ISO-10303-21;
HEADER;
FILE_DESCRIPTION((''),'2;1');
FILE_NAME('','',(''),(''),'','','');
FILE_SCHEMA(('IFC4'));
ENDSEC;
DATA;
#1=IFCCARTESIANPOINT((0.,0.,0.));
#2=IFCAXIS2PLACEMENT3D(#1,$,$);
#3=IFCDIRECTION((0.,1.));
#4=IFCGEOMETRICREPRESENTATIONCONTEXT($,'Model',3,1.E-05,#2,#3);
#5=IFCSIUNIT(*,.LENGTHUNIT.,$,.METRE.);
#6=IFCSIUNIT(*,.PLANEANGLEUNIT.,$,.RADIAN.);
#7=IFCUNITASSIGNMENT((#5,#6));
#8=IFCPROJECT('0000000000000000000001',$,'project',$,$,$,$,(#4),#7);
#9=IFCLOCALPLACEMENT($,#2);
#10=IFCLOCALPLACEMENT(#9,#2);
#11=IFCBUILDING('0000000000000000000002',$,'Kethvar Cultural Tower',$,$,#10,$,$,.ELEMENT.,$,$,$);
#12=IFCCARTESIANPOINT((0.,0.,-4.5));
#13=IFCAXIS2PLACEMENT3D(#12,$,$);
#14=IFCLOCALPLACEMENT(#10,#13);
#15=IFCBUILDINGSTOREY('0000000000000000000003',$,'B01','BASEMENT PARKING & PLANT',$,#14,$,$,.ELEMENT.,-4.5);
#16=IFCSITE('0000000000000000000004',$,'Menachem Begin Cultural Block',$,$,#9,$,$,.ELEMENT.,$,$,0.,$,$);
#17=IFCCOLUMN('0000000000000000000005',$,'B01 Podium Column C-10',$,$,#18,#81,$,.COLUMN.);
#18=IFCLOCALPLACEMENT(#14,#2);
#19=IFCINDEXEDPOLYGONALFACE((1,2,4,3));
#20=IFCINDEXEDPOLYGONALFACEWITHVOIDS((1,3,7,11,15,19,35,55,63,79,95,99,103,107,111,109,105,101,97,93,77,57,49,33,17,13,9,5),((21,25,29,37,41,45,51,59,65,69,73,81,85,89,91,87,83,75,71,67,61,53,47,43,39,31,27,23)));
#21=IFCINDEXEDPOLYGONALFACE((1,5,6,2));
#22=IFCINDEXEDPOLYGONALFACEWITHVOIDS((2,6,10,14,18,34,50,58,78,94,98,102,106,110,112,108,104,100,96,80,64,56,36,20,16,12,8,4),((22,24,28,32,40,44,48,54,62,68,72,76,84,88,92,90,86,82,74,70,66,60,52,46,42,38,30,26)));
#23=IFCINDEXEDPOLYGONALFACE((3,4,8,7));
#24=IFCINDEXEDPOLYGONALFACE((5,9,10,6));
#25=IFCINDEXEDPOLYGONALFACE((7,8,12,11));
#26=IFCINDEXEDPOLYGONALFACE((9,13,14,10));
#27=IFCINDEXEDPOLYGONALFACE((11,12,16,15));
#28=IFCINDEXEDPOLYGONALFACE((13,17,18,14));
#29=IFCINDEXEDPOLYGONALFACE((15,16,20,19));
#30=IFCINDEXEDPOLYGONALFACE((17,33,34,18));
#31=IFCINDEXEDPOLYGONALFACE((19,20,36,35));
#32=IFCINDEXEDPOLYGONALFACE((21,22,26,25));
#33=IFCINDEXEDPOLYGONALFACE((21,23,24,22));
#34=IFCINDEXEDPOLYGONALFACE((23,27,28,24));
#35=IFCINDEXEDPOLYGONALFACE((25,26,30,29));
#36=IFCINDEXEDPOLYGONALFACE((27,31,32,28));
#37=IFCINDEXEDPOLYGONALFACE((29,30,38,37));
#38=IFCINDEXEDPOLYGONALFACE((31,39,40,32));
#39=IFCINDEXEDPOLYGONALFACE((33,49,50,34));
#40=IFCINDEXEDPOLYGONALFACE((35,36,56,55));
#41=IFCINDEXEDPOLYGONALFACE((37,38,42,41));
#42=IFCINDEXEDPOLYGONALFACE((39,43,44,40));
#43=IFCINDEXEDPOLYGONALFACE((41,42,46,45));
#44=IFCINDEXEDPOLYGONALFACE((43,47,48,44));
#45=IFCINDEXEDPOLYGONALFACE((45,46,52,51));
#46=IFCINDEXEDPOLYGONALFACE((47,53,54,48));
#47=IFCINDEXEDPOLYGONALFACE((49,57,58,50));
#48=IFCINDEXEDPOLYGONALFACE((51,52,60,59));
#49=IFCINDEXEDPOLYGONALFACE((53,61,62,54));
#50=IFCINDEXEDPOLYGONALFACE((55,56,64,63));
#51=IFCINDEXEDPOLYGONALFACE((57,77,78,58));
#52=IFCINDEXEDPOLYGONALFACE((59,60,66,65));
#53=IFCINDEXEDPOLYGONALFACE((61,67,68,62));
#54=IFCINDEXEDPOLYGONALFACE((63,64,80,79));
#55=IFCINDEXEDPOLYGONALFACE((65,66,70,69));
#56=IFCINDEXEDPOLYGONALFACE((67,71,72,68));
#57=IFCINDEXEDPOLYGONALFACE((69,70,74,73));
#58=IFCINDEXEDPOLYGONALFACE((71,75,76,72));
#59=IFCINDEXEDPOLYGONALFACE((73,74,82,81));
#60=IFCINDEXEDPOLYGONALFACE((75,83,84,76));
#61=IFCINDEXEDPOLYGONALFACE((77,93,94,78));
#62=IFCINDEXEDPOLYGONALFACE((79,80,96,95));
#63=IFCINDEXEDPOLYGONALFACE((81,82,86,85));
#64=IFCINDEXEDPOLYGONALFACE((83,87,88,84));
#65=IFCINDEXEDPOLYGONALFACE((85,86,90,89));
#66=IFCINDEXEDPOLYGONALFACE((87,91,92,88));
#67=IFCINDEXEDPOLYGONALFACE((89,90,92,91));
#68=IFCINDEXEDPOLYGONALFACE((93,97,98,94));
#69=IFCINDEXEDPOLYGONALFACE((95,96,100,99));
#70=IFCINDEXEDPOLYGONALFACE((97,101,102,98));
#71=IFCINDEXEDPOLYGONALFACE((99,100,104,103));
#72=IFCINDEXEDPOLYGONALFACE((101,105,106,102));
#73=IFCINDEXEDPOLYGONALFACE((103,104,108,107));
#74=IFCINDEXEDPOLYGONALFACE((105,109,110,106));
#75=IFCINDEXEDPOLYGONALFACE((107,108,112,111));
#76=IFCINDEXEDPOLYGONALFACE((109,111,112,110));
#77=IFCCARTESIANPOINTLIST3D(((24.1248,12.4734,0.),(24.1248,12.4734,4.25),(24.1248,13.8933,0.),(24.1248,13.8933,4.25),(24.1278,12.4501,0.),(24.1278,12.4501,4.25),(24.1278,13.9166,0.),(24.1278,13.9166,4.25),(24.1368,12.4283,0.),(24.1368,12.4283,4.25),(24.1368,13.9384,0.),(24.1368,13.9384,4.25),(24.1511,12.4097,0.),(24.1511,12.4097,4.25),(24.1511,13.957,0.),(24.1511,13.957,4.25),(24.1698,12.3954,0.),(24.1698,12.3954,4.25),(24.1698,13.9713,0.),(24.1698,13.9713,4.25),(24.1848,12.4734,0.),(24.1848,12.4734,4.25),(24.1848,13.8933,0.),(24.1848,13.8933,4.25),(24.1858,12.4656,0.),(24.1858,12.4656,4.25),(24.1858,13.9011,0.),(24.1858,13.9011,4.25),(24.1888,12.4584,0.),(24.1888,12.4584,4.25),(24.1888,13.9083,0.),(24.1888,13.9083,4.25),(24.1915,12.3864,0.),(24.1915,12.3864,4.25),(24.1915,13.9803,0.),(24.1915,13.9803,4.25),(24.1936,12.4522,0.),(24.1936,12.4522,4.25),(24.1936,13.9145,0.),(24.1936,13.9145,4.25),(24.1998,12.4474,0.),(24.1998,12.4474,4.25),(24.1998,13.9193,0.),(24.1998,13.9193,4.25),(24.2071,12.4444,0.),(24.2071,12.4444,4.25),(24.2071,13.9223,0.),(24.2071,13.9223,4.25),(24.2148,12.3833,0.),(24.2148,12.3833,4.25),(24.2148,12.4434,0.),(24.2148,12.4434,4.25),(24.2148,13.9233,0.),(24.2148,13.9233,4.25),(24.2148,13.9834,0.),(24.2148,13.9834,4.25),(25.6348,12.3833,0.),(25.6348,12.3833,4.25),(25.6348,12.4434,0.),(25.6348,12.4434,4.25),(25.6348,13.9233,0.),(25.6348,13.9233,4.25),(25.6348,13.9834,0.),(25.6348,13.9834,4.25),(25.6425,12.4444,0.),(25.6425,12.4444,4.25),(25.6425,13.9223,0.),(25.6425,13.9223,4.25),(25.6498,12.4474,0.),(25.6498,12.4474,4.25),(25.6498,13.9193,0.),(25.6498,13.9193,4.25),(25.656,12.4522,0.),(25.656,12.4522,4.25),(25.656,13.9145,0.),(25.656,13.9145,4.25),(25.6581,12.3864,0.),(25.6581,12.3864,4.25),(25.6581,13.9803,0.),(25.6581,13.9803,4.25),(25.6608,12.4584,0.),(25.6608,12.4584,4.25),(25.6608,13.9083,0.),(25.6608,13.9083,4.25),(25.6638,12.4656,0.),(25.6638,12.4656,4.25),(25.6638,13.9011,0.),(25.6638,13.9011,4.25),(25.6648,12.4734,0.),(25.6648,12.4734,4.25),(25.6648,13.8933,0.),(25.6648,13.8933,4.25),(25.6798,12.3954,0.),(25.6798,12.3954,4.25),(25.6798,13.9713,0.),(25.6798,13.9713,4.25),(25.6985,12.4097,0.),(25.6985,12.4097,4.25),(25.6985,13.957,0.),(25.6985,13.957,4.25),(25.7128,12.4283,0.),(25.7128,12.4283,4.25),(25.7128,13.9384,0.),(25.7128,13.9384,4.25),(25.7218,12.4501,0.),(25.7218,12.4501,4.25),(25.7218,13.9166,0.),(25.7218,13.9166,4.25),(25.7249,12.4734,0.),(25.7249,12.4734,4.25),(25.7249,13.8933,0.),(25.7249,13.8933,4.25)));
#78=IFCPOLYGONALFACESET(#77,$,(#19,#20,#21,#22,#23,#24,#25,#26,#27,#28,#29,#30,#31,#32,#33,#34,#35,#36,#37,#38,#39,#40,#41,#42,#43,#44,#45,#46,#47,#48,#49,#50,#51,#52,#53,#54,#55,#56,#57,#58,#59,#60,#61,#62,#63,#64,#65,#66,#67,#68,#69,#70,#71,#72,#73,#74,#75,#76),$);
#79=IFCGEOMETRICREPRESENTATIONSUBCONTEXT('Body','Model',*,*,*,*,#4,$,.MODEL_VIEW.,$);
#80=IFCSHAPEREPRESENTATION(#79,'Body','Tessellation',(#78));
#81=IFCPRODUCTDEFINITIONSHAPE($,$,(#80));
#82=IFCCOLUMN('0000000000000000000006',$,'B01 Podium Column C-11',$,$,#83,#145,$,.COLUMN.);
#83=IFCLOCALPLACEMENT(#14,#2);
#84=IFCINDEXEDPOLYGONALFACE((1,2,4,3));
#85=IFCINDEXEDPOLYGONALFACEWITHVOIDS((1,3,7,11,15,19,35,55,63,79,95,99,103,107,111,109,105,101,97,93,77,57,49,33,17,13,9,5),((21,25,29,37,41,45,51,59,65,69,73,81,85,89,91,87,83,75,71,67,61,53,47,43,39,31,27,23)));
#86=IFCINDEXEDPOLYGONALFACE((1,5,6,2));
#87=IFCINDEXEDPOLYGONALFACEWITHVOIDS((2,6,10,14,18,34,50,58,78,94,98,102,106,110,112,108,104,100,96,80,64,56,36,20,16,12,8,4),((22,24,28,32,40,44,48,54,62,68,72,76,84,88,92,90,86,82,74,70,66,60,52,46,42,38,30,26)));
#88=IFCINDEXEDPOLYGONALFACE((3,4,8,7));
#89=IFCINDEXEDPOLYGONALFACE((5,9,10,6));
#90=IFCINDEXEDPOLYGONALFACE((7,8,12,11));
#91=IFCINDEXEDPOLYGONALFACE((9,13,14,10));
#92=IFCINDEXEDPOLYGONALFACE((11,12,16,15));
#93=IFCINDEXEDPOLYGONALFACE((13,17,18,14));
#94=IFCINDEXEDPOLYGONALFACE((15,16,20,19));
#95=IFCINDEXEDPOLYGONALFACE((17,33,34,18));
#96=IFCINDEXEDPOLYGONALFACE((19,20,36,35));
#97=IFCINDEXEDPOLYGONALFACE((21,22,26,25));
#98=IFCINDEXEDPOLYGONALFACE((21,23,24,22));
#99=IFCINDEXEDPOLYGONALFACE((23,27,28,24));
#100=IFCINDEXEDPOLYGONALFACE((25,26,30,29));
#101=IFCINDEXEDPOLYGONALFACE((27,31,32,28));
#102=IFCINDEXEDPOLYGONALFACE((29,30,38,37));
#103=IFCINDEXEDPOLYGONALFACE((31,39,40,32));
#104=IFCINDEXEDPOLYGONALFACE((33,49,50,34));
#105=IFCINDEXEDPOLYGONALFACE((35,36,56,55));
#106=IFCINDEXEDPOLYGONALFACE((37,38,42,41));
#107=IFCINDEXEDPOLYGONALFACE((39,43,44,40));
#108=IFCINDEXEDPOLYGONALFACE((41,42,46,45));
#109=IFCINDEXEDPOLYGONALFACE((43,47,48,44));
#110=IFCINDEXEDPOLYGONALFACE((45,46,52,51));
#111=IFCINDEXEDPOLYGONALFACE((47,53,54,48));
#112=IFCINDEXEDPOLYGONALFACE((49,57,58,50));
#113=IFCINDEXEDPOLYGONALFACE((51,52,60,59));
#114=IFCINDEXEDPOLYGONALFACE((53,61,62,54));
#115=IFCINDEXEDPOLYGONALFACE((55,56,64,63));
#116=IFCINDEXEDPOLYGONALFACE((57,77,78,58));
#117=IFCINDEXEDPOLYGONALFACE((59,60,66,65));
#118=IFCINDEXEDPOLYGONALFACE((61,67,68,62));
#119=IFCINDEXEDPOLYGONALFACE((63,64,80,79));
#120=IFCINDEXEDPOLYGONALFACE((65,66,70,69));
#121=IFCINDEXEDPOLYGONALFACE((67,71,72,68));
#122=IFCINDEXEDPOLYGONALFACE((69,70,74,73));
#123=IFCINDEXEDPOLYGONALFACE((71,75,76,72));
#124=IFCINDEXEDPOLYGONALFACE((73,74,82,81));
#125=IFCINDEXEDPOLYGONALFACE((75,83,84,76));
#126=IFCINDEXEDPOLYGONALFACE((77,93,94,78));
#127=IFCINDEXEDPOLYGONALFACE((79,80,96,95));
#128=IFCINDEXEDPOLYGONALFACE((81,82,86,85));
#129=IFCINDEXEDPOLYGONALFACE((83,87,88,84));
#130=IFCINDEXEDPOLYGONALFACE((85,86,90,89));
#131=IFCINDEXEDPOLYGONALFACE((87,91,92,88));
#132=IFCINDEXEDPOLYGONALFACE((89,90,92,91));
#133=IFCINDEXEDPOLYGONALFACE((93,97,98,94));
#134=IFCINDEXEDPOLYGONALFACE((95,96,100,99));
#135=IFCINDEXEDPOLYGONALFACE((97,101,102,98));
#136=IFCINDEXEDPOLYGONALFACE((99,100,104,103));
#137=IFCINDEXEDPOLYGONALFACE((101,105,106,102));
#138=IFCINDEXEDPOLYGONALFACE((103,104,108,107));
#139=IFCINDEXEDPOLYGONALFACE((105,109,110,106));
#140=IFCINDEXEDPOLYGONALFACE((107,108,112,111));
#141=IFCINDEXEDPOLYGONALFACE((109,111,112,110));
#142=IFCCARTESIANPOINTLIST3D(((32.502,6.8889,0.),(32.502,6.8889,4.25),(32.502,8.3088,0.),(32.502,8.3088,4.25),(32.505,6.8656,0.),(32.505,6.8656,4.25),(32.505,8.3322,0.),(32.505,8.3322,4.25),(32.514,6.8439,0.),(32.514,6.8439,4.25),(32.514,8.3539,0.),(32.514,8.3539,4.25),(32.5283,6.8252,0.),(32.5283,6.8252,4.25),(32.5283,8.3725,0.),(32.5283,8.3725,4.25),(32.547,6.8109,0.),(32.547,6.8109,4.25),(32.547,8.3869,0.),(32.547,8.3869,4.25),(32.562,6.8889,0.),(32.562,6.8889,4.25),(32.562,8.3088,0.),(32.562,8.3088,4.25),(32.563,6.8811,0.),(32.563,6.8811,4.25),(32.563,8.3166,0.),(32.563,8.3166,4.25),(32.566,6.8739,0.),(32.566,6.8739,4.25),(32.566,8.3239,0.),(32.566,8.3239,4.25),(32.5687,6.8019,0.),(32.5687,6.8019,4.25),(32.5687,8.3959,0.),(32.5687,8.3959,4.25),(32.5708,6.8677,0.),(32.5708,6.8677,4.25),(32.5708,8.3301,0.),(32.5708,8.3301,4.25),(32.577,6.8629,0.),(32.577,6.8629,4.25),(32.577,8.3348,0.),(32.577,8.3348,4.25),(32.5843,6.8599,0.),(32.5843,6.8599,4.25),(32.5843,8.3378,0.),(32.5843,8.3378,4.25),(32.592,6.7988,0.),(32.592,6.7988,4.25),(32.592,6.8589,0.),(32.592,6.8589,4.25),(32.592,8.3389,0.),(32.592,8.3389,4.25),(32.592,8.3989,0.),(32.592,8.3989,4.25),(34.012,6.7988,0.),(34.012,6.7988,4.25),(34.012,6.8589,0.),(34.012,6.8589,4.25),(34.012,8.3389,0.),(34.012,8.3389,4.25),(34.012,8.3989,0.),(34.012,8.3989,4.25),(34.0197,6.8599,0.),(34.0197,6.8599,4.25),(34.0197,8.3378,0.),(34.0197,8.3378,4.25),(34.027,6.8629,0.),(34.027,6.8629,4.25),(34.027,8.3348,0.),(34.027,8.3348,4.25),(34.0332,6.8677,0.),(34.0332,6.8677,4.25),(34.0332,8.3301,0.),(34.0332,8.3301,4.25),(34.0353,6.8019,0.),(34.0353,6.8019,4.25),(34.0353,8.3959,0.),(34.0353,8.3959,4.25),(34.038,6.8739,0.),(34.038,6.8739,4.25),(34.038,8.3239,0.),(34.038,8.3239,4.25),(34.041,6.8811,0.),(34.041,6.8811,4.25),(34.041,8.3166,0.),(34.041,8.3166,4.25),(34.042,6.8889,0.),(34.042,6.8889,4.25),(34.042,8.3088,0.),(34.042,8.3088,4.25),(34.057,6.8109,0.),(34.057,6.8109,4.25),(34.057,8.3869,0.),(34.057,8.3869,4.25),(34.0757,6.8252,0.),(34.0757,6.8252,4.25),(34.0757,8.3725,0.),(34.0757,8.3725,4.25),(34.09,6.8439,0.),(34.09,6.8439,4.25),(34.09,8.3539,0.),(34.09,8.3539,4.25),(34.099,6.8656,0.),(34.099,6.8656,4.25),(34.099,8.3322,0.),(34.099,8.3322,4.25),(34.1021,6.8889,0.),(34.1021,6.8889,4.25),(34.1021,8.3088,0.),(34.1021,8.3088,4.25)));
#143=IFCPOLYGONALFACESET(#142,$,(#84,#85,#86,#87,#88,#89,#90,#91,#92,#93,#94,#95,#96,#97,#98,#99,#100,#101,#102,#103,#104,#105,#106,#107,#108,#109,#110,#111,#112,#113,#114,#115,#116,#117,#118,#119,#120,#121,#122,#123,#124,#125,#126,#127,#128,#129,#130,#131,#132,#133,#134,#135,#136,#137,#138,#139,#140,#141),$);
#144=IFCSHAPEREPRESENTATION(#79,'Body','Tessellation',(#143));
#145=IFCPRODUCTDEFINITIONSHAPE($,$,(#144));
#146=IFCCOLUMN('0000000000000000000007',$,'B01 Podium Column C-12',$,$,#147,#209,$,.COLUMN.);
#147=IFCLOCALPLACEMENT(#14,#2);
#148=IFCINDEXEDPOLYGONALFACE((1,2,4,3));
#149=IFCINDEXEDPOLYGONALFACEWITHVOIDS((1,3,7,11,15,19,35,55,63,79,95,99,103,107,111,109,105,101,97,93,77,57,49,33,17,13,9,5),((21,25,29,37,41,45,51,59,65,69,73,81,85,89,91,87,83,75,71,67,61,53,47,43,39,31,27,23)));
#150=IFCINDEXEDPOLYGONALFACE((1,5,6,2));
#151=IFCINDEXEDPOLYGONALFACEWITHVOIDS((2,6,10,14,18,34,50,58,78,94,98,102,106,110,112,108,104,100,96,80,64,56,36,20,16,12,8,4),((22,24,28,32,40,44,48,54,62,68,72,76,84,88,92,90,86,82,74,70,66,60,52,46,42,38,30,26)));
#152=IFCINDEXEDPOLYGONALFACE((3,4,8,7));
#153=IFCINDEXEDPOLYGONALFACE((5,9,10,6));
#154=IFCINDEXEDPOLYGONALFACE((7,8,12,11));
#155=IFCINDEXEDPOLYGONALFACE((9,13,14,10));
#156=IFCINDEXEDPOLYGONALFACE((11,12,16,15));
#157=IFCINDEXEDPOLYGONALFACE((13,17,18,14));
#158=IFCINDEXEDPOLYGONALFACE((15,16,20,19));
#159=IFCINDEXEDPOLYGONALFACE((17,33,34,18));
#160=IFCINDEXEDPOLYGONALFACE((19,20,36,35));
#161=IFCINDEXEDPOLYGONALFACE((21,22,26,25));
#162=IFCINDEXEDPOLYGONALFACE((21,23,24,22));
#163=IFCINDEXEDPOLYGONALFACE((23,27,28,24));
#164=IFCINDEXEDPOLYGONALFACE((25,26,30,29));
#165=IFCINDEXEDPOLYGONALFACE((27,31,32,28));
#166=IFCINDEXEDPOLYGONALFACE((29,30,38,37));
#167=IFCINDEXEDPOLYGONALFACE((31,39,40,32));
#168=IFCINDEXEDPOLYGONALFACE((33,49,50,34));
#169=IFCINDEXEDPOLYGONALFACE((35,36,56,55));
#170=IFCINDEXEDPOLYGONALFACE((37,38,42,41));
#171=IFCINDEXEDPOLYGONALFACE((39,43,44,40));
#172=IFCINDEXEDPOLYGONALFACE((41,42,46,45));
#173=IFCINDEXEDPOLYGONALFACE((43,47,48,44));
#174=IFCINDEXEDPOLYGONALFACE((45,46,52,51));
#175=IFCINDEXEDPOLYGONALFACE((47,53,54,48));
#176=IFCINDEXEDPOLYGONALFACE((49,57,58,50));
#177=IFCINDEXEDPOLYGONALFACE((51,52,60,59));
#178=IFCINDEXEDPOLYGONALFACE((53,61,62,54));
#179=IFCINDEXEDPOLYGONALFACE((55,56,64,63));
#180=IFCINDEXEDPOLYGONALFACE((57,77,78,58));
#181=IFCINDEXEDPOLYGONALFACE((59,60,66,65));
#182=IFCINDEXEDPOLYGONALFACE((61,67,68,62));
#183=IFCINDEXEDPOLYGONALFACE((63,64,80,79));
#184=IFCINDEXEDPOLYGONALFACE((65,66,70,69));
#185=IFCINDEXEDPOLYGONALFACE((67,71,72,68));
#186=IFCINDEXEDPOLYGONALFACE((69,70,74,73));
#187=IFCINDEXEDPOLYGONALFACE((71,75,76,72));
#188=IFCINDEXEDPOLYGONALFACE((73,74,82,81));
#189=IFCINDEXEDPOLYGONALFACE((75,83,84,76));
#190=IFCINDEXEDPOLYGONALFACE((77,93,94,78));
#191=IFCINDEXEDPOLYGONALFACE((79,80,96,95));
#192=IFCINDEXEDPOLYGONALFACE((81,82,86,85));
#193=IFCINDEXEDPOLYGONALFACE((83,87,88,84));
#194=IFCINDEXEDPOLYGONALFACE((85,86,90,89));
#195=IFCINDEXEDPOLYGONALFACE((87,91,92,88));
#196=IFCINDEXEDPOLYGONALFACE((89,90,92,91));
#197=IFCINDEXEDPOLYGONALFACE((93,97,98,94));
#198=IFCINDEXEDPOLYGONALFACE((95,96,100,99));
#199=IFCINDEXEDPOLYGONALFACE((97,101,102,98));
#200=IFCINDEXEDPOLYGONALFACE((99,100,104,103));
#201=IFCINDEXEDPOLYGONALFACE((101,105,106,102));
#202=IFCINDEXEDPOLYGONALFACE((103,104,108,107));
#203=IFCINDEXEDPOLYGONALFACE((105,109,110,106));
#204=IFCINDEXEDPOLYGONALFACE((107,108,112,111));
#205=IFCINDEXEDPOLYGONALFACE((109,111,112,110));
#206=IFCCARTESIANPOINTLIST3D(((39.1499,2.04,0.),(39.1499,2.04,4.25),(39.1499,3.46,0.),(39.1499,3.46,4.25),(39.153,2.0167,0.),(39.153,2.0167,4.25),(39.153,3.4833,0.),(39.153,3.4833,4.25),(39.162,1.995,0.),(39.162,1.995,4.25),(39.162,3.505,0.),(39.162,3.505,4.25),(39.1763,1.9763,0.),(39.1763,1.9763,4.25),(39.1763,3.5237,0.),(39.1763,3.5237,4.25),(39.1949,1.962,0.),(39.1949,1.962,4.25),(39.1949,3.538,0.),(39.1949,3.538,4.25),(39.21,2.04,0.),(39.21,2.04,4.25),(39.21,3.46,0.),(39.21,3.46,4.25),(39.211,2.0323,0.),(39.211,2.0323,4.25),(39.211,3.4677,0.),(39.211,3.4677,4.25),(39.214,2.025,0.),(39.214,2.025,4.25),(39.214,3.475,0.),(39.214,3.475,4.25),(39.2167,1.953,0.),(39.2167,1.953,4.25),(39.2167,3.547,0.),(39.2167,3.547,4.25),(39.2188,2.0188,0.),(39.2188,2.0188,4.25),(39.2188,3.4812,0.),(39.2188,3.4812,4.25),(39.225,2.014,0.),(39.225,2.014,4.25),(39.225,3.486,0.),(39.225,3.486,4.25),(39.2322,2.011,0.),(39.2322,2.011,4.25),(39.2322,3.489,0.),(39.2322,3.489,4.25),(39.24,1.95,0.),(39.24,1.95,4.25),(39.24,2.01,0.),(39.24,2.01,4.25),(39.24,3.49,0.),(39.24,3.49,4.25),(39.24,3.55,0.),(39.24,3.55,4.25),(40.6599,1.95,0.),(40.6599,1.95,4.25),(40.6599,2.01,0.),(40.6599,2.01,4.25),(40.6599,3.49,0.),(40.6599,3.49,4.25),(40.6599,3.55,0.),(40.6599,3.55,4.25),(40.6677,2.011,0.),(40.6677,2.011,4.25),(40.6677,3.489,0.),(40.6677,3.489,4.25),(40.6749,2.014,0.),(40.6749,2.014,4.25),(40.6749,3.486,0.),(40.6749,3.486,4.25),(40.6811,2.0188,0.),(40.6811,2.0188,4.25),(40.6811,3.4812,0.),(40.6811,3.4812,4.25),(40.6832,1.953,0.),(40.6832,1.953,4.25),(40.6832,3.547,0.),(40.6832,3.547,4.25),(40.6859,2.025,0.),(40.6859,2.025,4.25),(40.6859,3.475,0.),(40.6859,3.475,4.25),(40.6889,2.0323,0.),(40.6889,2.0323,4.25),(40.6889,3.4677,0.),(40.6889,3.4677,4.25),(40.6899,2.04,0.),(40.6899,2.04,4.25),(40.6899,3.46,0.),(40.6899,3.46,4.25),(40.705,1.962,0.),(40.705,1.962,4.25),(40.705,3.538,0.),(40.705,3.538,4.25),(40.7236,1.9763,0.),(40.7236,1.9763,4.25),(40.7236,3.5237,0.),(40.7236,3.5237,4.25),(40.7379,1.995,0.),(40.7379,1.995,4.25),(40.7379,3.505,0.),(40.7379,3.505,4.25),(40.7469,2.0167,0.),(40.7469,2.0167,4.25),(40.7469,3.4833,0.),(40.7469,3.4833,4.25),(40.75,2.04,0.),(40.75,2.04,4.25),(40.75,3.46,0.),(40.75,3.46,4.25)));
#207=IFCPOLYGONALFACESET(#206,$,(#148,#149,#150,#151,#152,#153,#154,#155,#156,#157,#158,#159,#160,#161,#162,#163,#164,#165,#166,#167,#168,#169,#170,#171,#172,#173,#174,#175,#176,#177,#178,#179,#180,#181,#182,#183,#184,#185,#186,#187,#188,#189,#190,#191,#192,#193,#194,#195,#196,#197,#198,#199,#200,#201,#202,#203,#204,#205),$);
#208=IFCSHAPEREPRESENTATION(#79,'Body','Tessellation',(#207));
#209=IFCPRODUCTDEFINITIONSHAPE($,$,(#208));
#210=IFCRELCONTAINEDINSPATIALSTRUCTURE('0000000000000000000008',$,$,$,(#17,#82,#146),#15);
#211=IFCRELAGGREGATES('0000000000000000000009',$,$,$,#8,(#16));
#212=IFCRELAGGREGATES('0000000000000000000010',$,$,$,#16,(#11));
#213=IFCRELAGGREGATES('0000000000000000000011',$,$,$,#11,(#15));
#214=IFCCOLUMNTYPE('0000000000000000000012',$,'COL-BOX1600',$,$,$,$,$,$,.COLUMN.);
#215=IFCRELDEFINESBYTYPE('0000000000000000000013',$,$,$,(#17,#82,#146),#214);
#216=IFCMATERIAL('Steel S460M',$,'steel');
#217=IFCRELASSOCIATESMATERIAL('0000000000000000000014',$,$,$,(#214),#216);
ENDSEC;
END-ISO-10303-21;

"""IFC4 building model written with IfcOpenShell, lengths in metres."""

from ifc_helpers import new_model, si_unit, direction, frame, origin, origin_2d, place, context, subcontext, project, spatial, hollow_rectangle, extrude, source, transform, mapped, material, material_profile, profile_set, type_object, element, save


model = new_model("IFC4")

# Units and contexts
model_context = context("Model", 3, precision=1e-05, world=origin(), true_north=direction((0.0, 1.0)))
body_context = subcontext(model_context, "Body", "Model", "MODEL_VIEW")
ifc_project = project(units=[si_unit("LENGTHUNIT", "METRE"), si_unit("PLANEANGLEUNIT", "RADIAN")], contexts=[model_context])

# Site, building, storey
site_placement = place(None, origin())
site = spatial("IfcSite", under=ifc_project, at=site_placement, Name="Menachem Begin Cultural Block", CompositionType="ELEMENT", RefElevation=0.0)
building_placement = place(site_placement, origin())
building = spatial("IfcBuilding", under=site, at=building_placement, Name="Kethvar Cultural Tower", CompositionType="ELEMENT")
storey_placement = place(building_placement, frame((0.0, 0.0, -4.5)))
storey = spatial("IfcBuildingStorey", under=building, at=storey_placement, Name="B01", Description="BASEMENT PARKING & PLANT", CompositionType="ELEMENT", Elevation=-4.5)

# Columns
ifc_material_1 = material(Name="Steel S460M", Category="steel")
ifc_material_profile_1 = material_profile(ifc_material_1, hollow_rectangle(XDim=1.6001, YDim=1.6001, WallThickness=0.0601, InnerFilletRadius=0.03, OuterFilletRadius=0.0901, at=origin_2d()), Name="Steel S460M — BOX1600x1600x60")
ifc_profile_set_1 = profile_set([ifc_material_profile_1], Name="Steel S460M — BOX1600x1600x60")
column_type = type_object("IfcColumnType", Name="COL-BOX1600", PredefinedType="COLUMN", material=ifc_profile_set_1)
shared_shape_1 = source(origin(), body_context, "Body", "SweptSolid", [
    extrude(hollow_rectangle(XDim=1.6001, YDim=1.6001, WallThickness=0.0601, InnerFilletRadius=0.03, OuterFilletRadius=0.0901, at=origin_2d()), origin(), (0.0, 0.0, 1.0), 4.25),
])
for number, where, z_axis, x_axis, name in (
    (1, (24.9248, 13.1833, 0.0), (0.0, 0.0, 1.0), (1.0, 0.0, 0.0), "B01 Podium Column C-10"),
    (2, (33.302, 7.5989, 0.0), (0.0, 0.0, 1.0), (1.0, 0.0, 0.0), "B01 Podium Column C-11"),
    (3, (39.95, 2.75, 0.0), (0.0, 0.0, 1.0), (1.0, 0.0, 0.0), "B01 Podium Column C-12"),
):
    element("IfcColumn", number, at=place(storey_placement, frame(where, z_axis=z_axis, x_axis=x_axis)), inside=storey, type_object=column_type, Name=name, PredefinedType="COLUMN", context=body_context, shape_type="MappedRepresentation", body=[
        mapped(shared_shape_1, transform((0.0, 0.0, 0.0), scale=1.0)),
    ])

save(model, "model.ifc")
